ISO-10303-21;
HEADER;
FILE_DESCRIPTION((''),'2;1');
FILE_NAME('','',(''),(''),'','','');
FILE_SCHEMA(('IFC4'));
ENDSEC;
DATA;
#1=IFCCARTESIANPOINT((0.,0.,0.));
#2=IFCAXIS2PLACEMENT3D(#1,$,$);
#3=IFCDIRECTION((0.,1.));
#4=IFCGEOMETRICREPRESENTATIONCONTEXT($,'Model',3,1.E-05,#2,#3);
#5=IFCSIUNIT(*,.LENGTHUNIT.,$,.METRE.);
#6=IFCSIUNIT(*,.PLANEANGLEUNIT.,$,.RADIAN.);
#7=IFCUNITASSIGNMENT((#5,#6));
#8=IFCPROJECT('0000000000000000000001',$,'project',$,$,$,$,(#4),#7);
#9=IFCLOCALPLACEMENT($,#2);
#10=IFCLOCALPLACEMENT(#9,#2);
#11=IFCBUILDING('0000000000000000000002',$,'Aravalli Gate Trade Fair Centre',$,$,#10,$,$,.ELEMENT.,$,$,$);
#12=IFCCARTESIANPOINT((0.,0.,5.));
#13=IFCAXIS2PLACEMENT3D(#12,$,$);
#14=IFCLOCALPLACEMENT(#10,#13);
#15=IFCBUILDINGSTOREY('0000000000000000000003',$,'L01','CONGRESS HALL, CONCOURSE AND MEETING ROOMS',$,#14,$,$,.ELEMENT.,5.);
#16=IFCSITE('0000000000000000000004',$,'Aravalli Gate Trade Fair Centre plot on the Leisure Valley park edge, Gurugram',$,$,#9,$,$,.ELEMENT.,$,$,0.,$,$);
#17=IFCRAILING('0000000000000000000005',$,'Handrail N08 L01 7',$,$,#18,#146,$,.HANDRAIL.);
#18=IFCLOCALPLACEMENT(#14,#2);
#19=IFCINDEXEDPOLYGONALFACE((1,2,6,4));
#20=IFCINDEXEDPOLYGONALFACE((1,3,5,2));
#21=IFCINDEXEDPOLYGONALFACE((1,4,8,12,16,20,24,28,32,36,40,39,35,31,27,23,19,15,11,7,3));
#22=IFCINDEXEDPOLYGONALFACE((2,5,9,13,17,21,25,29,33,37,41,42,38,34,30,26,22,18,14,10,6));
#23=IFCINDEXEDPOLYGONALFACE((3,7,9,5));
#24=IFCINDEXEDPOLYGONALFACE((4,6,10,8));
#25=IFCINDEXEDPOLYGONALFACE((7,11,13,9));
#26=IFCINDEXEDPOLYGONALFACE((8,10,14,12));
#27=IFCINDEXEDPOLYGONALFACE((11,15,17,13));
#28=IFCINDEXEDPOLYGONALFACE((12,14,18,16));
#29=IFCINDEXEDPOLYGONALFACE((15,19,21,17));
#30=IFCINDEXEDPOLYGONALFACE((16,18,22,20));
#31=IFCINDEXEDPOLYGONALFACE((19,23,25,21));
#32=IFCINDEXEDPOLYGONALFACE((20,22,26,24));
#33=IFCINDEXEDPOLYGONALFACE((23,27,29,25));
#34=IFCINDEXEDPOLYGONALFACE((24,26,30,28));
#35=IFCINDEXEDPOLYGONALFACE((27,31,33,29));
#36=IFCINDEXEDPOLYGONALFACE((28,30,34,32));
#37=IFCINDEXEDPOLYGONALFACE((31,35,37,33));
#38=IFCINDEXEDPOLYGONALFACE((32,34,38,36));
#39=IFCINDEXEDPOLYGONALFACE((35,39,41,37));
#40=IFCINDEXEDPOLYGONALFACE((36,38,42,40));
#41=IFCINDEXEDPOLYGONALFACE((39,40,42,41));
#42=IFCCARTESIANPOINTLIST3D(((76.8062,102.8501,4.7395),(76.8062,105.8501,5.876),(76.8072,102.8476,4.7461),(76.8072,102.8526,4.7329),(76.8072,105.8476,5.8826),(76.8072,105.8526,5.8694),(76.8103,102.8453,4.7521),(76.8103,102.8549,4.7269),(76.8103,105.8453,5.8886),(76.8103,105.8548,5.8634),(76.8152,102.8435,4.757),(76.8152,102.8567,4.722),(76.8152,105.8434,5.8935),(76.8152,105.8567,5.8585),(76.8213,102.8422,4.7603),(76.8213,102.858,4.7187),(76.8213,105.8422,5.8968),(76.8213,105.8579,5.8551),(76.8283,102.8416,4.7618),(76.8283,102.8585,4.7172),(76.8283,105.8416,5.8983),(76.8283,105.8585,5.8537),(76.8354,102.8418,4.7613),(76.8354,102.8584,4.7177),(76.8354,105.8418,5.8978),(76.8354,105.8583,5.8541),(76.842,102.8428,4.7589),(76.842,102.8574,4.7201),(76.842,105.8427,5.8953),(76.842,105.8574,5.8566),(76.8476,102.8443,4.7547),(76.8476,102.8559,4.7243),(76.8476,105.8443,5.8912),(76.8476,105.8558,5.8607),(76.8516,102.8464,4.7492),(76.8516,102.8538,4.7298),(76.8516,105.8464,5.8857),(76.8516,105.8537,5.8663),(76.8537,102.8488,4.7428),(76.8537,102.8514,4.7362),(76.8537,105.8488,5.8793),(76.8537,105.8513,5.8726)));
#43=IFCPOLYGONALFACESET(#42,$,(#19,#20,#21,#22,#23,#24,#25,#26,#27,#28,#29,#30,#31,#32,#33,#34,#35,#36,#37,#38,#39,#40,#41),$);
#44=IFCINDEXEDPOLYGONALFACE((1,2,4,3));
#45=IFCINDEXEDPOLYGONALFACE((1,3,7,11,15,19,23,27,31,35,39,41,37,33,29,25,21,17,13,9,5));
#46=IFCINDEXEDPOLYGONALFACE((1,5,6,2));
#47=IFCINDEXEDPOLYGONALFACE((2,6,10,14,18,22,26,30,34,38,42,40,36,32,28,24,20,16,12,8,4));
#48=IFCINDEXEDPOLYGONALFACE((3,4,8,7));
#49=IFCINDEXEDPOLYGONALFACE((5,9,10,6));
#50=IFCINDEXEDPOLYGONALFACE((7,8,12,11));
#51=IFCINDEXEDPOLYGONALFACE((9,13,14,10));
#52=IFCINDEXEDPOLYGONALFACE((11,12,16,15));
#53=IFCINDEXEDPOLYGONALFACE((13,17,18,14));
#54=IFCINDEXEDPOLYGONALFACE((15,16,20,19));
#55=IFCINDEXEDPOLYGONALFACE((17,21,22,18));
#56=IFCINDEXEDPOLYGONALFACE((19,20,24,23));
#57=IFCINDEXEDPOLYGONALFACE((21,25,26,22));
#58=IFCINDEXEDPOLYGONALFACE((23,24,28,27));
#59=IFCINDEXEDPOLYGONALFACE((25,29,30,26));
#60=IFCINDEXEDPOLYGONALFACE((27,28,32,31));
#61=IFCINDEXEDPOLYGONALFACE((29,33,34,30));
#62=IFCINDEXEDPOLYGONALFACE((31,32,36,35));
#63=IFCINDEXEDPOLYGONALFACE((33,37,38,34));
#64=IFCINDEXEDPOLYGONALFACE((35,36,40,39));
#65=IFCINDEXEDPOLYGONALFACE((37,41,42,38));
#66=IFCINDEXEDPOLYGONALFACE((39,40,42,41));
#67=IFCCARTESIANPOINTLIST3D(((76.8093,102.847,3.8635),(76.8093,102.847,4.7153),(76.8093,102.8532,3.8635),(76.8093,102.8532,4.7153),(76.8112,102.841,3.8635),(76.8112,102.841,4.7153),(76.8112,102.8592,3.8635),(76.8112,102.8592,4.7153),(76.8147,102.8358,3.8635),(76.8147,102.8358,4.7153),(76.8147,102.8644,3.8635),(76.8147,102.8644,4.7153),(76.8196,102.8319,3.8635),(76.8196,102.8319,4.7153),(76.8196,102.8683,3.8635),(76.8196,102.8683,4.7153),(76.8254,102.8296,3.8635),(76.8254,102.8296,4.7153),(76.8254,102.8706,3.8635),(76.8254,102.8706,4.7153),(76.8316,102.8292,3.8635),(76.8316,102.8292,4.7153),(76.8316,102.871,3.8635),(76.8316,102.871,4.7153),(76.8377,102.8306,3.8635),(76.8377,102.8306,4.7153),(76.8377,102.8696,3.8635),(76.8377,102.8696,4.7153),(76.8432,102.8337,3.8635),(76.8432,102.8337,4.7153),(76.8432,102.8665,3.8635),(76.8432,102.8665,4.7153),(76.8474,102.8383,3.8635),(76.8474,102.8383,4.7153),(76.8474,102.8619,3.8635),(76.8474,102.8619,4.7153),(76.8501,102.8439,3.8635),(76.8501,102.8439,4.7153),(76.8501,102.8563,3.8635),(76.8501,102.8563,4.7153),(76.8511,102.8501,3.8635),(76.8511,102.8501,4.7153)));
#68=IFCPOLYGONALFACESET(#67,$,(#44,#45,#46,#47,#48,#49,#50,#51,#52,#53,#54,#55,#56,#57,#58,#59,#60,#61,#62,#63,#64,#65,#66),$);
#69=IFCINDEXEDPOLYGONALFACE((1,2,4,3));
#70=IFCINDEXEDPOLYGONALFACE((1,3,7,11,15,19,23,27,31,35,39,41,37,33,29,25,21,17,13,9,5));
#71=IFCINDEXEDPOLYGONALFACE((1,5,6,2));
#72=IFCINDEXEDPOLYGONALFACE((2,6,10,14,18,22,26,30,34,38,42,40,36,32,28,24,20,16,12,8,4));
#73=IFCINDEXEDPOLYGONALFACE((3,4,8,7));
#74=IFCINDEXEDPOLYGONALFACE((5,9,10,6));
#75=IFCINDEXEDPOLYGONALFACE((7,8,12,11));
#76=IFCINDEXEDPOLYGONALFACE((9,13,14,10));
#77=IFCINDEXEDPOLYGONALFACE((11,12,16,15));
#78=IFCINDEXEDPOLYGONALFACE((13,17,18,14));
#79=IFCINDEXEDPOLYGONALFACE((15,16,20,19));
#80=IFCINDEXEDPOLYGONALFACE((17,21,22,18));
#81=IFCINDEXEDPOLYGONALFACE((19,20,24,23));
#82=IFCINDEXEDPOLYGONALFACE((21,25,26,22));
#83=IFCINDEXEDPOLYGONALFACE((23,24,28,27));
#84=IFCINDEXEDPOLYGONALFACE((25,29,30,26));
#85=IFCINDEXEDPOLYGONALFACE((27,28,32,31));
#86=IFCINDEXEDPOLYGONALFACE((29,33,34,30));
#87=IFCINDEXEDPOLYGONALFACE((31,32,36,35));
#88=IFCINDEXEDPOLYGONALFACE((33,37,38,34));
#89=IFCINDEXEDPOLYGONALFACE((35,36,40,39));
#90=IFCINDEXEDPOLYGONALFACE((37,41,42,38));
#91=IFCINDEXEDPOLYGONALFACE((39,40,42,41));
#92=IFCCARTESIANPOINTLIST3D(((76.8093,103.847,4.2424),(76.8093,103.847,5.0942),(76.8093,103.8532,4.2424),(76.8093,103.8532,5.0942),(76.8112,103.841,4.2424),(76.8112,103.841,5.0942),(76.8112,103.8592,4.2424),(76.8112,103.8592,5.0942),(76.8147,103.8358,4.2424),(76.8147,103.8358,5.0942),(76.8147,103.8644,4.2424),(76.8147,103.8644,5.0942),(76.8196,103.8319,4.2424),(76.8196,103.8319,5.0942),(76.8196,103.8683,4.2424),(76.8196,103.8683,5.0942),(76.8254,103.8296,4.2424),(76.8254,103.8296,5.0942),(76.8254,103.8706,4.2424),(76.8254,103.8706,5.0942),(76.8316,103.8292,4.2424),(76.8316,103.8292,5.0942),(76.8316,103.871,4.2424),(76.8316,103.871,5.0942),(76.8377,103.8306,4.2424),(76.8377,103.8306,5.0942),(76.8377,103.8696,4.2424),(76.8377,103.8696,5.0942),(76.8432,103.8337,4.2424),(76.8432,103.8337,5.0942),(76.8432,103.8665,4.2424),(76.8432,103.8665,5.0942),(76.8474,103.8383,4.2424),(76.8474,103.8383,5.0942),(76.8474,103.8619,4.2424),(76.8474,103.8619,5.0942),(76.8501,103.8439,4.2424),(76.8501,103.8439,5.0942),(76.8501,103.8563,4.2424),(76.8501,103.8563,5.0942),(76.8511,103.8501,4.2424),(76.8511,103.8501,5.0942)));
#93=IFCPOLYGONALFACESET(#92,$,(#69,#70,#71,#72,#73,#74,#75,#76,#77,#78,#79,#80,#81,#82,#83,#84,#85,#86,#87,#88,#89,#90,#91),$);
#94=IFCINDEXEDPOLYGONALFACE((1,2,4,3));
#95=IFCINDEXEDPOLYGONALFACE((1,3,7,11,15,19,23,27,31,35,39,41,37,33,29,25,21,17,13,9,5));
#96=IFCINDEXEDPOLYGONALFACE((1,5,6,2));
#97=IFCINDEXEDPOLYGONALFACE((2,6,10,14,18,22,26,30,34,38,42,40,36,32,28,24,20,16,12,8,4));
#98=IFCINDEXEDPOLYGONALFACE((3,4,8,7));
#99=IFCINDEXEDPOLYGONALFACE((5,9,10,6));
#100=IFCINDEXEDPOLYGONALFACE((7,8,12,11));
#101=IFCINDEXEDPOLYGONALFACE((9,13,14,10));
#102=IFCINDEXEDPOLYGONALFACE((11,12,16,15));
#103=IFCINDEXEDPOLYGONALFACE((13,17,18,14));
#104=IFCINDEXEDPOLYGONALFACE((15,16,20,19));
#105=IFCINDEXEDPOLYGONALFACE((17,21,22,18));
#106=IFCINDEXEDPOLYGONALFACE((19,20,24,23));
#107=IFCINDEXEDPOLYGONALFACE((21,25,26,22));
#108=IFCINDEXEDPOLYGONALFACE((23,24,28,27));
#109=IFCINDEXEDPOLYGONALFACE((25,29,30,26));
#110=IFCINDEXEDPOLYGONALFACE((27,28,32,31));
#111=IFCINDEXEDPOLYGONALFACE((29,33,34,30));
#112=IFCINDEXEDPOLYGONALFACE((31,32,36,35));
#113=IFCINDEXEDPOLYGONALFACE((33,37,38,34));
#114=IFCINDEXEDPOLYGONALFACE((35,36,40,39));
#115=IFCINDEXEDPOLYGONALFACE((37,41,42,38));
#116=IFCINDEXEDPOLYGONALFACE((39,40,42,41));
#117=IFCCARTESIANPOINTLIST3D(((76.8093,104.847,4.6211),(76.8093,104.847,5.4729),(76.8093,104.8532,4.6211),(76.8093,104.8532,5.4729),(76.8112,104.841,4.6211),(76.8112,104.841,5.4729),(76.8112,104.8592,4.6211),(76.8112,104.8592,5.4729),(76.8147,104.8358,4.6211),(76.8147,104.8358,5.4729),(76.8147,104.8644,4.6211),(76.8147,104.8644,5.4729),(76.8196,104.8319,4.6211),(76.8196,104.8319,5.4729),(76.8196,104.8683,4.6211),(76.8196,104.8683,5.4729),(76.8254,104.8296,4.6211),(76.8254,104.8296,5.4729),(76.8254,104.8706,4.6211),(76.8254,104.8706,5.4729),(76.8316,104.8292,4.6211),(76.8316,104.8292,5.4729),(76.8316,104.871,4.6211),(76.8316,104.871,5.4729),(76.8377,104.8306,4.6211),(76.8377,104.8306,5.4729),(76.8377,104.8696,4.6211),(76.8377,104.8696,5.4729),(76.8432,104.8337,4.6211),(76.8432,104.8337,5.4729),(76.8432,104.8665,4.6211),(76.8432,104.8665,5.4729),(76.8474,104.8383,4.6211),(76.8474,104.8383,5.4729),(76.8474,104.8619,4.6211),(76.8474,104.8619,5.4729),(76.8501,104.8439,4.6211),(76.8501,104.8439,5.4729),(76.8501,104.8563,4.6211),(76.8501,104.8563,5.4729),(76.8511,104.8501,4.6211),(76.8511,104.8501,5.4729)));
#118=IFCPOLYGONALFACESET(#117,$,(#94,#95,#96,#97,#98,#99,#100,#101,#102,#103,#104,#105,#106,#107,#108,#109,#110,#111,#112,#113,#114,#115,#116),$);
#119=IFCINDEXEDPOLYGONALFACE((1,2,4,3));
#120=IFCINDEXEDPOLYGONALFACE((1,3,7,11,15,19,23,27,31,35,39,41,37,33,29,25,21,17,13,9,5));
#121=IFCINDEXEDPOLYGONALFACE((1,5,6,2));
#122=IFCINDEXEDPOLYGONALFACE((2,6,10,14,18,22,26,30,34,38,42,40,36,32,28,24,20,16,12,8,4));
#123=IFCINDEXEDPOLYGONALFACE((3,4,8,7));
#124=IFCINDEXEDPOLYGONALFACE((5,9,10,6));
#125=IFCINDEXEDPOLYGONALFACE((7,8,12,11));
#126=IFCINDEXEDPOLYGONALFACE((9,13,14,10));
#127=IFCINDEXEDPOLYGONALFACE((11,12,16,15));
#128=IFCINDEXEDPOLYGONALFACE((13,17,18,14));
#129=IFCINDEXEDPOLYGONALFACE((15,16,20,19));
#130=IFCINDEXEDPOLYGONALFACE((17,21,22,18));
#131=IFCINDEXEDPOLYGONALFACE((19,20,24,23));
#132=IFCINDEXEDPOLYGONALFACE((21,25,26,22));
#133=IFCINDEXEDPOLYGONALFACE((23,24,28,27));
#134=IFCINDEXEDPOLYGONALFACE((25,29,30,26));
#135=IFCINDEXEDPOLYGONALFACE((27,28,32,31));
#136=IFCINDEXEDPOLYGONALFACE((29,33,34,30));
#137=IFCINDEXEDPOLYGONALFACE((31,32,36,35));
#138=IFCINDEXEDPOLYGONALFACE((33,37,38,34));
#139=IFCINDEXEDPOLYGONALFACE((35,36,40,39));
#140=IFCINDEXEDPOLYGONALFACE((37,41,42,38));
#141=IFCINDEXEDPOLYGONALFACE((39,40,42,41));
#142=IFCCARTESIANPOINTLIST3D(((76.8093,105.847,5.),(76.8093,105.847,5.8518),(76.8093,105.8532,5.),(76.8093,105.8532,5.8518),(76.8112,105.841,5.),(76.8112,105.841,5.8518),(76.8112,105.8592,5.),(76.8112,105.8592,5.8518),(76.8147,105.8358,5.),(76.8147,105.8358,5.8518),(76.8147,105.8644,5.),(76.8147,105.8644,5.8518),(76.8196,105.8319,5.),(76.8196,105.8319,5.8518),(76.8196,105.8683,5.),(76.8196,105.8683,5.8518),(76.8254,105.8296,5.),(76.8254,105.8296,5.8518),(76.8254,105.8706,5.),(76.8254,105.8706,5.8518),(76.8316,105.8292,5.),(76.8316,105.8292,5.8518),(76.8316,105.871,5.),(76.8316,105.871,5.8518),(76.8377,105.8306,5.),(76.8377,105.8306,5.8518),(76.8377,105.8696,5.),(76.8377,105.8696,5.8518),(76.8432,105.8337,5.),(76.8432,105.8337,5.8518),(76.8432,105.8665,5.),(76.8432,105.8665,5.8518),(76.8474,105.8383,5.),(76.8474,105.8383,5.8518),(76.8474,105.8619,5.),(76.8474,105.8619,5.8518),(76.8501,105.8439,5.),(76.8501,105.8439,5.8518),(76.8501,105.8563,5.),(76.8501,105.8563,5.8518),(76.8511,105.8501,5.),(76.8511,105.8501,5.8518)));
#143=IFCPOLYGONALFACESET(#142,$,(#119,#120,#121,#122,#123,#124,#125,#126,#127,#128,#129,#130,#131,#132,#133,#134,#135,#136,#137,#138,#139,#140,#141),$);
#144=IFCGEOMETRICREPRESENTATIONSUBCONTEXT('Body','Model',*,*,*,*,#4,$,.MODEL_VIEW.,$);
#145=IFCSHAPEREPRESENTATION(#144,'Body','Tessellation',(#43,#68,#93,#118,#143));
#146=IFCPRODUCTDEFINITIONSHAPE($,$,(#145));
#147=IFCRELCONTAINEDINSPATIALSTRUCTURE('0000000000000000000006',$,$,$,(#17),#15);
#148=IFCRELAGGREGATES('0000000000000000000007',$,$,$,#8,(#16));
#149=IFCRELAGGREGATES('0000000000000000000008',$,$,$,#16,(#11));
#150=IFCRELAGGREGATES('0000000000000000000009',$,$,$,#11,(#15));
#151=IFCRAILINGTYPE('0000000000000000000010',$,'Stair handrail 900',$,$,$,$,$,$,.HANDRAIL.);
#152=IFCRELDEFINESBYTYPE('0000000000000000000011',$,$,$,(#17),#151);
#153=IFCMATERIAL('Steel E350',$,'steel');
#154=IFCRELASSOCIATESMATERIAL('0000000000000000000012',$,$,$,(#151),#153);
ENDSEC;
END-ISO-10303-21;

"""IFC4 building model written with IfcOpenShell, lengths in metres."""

from ifc_helpers import new_model, si_unit, direction, frame, origin, origin_2d, place, context, subcontext, project, spatial, circle, extrude, material, type_object, element, save


model = new_model("IFC4")

# Units and contexts
model_context = context("Model", 3, precision=1e-05, world=origin(), true_north=direction((0.0, 1.0)))
body_context = subcontext(model_context, "Body", "Model", "MODEL_VIEW")
ifc_project = project(units=[si_unit("LENGTHUNIT", "METRE"), si_unit("PLANEANGLEUNIT", "RADIAN")], contexts=[model_context])

# Site, building, storey
site_placement = place(None, origin())
site = spatial("IfcSite", under=ifc_project, at=site_placement, Name="Aravalli Gate Trade Fair Centre plot on the Leisure Valley park edge, Gurugram", CompositionType="ELEMENT", RefElevation=0.0)
building_placement = place(site_placement, origin())
building = spatial("IfcBuilding", under=site, at=building_placement, Name="Aravalli Gate Trade Fair Centre", CompositionType="ELEMENT")
storey_placement = place(building_placement, frame((0.0, 0.0, 5.0)))
storey = spatial("IfcBuildingStorey", under=building, at=storey_placement, Name="L01", Description="CONGRESS HALL, CONCOURSE AND MEETING ROOMS", CompositionType="ELEMENT", Elevation=5.0)

# Railing
ifc_material_1 = material(Name="Steel E350", Category="steel")
railing_type = type_object("IfcRailingType", Name="Stair handrail 900", PredefinedType="HANDRAIL", material=ifc_material_1)
for number, where, name in (
    (1, (76.8301, 102.8501, 3.8635), "Handrail N08 L01 7"),
):
    element("IfcRailing", number, at=place(storey_placement, frame(where)), inside=storey, type_object=railing_type, Name=name, PredefinedType="HANDRAIL", context=body_context, shape_type="SweptSolid", body=[
        extrude(circle(Radius=0.0239, at=origin_2d()), frame((0.0, 0.0, 0.876), z_axis=(0.0, 0.935148, 0.354257), x_axis=(-1.0, 0.0, 0.0)), (0.0, 0.0, 1.0), 3.208),
        extrude(circle(Radius=0.021, at=origin_2d()), origin(), (0.0, 0.0, 1.0), 0.8518),
        extrude(circle(Radius=0.021, at=origin_2d()), frame((0.0, 1.0, 0.3789)), (0.0, 0.0, 1.0), 0.8518),
        extrude(circle(Radius=0.021, at=origin_2d()), frame((0.0, 2.0, 0.7576)), (0.0, 0.0, 1.0), 0.8518),
        extrude(circle(Radius=0.021, at=origin_2d()), frame((0.0, 3.0, 1.1365)), (0.0, 0.0, 1.0), 0.8518),
    ])

save(model, "model.ifc")
